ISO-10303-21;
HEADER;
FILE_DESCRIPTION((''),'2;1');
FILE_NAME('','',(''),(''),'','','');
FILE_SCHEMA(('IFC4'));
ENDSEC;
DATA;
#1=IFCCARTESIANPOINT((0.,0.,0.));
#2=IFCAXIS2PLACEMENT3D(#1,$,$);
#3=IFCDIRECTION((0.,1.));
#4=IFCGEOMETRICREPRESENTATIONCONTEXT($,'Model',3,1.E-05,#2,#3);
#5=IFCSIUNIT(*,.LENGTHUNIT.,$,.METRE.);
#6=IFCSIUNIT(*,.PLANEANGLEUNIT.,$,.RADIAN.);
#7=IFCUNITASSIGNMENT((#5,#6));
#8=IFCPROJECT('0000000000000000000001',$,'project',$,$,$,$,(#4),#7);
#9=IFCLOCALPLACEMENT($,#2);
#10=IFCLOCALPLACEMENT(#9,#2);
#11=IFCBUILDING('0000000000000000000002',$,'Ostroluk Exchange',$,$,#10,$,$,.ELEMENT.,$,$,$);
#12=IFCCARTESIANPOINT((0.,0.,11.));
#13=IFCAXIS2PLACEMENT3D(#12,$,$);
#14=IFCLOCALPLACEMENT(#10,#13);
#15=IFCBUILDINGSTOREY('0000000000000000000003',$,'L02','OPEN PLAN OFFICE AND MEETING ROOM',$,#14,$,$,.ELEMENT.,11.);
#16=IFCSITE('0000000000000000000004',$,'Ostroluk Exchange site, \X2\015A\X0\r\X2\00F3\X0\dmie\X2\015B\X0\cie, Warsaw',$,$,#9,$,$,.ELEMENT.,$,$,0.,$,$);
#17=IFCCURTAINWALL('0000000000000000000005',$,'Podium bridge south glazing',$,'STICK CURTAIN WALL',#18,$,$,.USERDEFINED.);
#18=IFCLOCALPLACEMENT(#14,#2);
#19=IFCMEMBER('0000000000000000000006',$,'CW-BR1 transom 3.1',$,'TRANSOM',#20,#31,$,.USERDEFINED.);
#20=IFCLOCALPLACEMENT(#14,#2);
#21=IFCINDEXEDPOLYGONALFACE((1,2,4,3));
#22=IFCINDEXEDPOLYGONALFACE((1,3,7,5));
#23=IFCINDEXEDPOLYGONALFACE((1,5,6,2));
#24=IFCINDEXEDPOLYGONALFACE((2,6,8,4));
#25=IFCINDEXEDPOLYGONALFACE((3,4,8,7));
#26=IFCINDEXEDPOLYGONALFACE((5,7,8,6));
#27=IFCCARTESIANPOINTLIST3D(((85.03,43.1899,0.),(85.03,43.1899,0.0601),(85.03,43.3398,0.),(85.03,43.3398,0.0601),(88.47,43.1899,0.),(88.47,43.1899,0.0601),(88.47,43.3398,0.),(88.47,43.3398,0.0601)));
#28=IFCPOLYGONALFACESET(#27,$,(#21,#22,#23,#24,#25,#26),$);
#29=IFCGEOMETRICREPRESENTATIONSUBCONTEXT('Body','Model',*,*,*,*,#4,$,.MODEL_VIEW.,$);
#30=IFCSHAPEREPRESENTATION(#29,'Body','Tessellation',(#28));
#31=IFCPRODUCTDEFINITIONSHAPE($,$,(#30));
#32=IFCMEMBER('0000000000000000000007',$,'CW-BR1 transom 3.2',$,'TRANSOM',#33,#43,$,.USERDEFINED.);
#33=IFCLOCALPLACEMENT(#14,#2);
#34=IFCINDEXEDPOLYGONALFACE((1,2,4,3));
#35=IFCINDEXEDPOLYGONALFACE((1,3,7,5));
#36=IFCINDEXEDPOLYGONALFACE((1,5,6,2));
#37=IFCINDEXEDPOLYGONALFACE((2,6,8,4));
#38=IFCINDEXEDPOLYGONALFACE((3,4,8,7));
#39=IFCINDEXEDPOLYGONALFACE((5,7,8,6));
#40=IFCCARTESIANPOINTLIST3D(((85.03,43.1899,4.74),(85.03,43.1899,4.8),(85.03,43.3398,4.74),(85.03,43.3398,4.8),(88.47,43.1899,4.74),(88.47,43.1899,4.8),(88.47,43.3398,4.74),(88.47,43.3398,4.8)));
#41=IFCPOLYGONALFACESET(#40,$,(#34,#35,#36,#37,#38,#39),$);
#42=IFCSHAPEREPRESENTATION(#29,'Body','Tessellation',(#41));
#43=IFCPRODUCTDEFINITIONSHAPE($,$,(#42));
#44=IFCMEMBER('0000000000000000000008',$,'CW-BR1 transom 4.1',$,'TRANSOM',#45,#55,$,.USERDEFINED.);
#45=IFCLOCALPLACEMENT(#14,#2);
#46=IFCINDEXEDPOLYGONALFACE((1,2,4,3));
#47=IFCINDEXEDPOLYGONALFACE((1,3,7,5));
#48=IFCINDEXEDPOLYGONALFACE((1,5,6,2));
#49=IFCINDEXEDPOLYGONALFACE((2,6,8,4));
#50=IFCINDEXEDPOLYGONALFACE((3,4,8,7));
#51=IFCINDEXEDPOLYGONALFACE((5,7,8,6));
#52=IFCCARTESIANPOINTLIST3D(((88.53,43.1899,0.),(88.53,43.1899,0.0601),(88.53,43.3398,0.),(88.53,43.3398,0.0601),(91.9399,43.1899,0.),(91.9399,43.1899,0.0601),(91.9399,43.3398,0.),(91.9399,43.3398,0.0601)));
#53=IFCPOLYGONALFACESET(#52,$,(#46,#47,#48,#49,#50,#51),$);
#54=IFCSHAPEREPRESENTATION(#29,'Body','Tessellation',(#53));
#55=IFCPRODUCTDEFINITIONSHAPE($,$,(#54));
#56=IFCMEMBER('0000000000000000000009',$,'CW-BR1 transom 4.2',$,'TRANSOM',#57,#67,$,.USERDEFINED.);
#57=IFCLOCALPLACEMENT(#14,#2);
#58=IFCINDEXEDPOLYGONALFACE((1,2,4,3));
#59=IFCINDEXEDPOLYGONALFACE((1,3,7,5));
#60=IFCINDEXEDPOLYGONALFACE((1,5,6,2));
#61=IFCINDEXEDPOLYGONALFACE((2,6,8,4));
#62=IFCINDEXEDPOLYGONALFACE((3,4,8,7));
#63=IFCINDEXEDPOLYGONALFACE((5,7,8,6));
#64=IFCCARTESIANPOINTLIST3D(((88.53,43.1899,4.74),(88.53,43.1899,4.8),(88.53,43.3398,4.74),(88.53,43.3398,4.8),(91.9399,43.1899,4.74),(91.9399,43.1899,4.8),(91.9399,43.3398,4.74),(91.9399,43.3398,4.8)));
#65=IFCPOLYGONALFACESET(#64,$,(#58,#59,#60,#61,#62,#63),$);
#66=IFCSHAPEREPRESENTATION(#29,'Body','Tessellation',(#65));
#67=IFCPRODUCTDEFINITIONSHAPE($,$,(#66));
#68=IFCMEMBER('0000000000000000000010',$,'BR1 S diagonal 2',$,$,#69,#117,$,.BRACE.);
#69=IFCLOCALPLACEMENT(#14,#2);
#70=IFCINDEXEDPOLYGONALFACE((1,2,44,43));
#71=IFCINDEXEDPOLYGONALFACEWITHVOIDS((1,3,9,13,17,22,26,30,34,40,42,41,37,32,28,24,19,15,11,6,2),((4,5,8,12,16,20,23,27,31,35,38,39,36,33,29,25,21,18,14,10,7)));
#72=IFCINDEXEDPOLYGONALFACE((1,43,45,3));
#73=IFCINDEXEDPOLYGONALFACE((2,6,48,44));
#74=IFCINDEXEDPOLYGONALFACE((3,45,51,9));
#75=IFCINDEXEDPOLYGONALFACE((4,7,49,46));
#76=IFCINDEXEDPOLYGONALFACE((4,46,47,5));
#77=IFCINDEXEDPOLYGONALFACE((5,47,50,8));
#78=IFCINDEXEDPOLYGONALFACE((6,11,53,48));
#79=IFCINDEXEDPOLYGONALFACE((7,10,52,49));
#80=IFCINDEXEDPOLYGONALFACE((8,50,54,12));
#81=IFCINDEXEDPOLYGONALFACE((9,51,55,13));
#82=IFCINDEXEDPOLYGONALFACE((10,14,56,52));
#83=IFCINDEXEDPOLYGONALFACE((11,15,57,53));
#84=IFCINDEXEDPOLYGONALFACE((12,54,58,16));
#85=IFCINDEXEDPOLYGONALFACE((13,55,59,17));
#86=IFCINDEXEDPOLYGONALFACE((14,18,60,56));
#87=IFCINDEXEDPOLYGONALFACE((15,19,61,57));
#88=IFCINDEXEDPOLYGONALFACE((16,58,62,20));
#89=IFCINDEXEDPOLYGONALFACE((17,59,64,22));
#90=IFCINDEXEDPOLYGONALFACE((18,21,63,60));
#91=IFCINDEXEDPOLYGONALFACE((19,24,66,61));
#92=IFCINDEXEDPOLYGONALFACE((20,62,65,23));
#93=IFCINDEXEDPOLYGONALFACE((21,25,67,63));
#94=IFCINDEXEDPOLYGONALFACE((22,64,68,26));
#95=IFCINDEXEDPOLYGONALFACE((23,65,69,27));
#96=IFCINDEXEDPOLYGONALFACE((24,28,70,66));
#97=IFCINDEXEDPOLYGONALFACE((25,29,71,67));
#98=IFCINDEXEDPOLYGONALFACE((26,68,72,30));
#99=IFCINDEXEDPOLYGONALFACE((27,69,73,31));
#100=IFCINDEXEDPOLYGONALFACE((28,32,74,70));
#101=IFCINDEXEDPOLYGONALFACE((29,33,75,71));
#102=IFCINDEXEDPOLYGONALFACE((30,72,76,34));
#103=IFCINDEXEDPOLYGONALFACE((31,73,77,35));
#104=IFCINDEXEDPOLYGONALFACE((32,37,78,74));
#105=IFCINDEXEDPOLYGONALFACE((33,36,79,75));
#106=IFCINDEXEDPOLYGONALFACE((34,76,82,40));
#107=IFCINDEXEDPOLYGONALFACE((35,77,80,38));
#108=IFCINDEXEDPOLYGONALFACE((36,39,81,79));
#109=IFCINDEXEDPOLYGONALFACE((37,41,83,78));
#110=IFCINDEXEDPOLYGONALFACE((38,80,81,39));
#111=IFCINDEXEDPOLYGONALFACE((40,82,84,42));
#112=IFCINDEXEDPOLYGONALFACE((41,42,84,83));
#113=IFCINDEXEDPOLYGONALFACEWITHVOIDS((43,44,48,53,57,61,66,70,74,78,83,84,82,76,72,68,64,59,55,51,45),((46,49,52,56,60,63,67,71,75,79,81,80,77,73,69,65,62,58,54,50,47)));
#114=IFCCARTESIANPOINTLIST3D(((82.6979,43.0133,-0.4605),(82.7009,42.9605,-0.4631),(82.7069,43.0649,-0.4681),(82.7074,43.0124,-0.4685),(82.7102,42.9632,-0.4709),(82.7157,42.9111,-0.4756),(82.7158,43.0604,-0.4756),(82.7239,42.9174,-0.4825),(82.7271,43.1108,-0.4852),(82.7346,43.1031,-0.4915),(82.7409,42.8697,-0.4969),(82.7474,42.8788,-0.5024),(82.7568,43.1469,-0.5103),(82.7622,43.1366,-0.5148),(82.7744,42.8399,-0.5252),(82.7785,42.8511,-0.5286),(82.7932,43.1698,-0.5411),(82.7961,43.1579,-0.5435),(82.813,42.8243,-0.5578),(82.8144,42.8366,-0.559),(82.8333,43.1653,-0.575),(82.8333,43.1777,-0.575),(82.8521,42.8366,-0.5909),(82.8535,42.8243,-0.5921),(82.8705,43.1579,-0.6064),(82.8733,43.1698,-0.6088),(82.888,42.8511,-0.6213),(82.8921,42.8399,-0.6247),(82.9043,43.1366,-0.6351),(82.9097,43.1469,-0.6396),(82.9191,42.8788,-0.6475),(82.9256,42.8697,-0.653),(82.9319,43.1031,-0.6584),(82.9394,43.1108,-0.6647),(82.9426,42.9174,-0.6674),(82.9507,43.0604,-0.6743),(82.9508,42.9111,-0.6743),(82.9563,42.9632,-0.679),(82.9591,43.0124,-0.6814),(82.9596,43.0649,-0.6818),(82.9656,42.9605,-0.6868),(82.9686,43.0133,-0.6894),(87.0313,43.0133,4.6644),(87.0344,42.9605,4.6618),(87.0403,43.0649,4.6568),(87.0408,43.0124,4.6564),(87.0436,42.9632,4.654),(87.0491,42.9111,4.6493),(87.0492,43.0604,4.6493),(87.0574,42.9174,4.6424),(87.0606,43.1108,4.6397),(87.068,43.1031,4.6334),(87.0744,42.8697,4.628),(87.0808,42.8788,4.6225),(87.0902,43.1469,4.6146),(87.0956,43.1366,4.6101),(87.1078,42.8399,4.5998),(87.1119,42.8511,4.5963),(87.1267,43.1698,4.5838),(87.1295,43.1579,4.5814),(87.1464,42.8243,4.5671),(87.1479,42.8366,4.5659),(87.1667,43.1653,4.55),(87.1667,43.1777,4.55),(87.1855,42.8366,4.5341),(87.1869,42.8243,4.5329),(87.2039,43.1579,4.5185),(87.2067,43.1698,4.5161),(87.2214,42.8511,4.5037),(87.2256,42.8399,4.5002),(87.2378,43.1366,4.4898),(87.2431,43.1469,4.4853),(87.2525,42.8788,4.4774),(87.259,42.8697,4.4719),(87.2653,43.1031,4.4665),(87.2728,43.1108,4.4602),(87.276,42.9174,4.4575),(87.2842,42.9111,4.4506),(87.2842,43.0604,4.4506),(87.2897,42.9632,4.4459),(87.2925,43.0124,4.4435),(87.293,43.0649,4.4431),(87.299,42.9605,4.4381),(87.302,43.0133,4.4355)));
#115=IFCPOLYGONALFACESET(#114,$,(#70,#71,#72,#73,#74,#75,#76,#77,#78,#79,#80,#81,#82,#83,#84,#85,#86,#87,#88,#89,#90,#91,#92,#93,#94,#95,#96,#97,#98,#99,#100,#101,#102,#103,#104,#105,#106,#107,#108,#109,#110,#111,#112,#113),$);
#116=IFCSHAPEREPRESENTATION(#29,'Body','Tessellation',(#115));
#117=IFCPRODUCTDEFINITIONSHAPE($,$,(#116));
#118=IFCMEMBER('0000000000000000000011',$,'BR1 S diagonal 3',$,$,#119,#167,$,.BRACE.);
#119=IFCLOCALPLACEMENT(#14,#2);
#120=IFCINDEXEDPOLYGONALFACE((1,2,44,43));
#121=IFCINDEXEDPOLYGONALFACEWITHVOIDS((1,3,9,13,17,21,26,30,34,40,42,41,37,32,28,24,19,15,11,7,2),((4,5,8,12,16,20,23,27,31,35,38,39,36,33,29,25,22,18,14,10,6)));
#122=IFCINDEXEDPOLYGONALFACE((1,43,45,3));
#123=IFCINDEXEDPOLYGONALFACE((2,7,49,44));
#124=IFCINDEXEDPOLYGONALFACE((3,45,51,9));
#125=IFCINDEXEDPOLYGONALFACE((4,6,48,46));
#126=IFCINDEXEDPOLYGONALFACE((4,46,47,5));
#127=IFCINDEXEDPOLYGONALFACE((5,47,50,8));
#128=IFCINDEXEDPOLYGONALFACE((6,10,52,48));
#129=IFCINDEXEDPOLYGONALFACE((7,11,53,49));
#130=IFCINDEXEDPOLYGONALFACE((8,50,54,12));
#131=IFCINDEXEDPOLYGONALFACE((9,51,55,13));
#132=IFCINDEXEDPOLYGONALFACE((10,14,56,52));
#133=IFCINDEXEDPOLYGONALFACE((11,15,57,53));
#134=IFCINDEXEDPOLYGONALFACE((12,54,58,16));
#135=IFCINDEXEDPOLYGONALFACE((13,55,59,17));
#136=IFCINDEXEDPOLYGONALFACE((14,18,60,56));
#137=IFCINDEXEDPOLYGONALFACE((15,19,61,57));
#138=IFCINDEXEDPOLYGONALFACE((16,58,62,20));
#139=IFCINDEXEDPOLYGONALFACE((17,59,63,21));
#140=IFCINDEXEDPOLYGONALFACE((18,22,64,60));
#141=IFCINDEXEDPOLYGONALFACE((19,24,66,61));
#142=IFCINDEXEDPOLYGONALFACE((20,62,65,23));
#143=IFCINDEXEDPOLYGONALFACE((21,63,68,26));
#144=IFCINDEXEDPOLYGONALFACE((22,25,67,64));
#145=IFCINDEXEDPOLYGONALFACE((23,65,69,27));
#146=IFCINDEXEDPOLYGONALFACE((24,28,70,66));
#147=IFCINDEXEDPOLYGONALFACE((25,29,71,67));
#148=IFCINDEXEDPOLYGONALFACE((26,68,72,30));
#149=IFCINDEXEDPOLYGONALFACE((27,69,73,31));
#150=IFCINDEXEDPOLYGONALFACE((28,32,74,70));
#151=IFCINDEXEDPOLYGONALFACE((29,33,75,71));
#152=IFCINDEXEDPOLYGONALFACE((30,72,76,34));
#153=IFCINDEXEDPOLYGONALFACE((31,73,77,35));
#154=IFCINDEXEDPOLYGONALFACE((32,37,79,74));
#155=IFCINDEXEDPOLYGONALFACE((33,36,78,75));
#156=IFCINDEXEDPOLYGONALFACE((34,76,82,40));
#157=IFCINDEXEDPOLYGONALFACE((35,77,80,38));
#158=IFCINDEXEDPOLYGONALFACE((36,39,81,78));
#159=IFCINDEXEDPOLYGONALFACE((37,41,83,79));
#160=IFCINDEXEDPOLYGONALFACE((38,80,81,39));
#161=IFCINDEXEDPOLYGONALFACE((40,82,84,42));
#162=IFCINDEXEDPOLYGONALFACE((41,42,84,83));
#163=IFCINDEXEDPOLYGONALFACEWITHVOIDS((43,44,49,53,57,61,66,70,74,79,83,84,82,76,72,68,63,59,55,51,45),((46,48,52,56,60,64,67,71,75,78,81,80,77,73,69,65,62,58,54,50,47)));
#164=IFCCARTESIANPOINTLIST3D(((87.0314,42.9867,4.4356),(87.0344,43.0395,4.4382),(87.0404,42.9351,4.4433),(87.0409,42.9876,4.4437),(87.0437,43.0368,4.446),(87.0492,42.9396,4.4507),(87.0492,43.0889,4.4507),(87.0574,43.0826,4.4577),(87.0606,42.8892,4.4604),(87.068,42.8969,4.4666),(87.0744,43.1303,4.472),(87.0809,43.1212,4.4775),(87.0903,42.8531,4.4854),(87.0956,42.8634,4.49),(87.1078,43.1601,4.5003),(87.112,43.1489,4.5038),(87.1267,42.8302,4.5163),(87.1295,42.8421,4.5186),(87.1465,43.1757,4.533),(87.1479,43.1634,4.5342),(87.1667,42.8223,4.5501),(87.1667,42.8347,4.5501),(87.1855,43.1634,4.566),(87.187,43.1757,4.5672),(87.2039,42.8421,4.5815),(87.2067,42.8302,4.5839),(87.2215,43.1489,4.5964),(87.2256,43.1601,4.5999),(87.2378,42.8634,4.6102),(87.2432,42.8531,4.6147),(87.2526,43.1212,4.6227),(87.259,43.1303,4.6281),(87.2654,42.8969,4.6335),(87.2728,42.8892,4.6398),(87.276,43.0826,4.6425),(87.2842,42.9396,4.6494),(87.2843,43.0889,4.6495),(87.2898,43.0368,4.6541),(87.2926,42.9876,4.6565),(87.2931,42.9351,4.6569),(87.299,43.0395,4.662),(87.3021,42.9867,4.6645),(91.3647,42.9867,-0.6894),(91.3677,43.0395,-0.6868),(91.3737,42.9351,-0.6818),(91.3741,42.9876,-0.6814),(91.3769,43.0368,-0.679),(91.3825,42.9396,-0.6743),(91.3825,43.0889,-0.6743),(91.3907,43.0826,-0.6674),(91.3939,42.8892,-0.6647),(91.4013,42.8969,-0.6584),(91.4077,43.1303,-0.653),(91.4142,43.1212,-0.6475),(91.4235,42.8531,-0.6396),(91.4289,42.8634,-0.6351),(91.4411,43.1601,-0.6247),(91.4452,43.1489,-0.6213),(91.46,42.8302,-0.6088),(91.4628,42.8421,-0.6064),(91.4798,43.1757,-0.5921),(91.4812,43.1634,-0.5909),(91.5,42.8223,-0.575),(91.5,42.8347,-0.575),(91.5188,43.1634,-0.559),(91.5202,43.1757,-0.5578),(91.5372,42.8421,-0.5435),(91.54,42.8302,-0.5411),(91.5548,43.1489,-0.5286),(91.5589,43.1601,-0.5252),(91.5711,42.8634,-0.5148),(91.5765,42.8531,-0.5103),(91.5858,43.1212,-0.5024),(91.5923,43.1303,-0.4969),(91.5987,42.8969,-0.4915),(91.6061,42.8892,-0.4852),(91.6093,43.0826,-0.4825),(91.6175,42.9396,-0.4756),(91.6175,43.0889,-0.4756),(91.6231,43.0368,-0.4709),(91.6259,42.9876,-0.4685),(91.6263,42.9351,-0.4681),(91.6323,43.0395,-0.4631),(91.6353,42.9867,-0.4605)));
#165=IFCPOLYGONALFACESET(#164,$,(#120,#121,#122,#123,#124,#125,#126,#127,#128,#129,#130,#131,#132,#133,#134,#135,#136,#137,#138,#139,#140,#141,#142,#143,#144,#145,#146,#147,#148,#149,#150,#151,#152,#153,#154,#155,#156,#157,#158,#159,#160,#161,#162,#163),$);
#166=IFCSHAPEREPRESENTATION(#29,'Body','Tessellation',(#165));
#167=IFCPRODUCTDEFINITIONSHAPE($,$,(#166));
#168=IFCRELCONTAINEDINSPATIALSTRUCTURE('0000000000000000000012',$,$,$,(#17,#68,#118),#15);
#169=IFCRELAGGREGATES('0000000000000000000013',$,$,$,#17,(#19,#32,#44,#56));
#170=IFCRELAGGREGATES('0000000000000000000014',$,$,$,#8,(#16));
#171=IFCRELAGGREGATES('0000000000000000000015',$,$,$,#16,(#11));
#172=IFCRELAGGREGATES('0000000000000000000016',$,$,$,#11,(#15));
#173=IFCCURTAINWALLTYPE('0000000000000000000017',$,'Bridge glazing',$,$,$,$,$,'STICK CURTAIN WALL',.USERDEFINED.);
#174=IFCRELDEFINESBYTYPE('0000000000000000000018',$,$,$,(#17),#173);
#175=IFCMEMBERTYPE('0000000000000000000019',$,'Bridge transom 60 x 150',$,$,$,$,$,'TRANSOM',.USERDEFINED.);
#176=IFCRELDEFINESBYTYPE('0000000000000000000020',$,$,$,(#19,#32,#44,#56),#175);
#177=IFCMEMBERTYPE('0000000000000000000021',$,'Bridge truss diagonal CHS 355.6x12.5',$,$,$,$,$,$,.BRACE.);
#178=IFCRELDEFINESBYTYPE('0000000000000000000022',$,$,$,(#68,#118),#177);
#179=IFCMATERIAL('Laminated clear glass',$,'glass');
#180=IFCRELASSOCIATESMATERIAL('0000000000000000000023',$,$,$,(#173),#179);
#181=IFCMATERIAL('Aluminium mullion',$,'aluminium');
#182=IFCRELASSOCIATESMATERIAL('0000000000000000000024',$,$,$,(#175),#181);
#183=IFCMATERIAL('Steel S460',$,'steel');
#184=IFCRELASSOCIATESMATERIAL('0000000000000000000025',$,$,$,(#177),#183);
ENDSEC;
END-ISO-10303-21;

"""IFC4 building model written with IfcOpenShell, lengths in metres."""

from ifc_helpers import new_model, si_unit, direction, frame, origin, origin_2d, place, context, subcontext, project, spatial, rectangle, hollow_circle, extrude, material, material_profile, profile_set, type_object, element, aggregate, save


model = new_model("IFC4")

# Units and contexts
model_context = context("Model", 3, precision=1e-05, world=origin(), true_north=direction((0.0, 1.0)))
body_context = subcontext(model_context, "Body", "Model", "MODEL_VIEW")
ifc_project = project(units=[si_unit("LENGTHUNIT", "METRE"), si_unit("PLANEANGLEUNIT", "RADIAN")], contexts=[model_context])

# Site, building, storey
site_placement = place(None, origin())
site = spatial("IfcSite", under=ifc_project, at=site_placement, Name="Ostroluk Exchange site, Śródmieście, Warsaw", CompositionType="ELEMENT", RefElevation=0.0)
building_placement = place(site_placement, origin())
building = spatial("IfcBuilding", under=site, at=building_placement, Name="Ostroluk Exchange", CompositionType="ELEMENT")
storey_placement = place(building_placement, frame((0.0, 0.0, 11.0)))
storey = spatial("IfcBuildingStorey", under=building, at=storey_placement, Name="L02", Description="OPEN PLAN OFFICE AND MEETING ROOM", CompositionType="ELEMENT", Elevation=11.0)

# Curtain wall
ifc_material_1 = material(Name="Laminated clear glass", Category="glass")
curtain_wall_type = type_object("IfcCurtainWallType", Name="Bridge glazing", ElementType="STICK CURTAIN WALL", PredefinedType="USERDEFINED", material=ifc_material_1)
curtain_wall_placement = place(storey_placement, origin())
curtain_wall = element("IfcCurtainWall", 1, at=curtain_wall_placement, inside=storey, type_object=curtain_wall_type, Name="Podium bridge south glazing", ObjectType="STICK CURTAIN WALL", PredefinedType="USERDEFINED")

# Members
ifc_material_2 = material(Name="Aluminium mullion", Category="aluminium")
ifc_material_profile_1 = material_profile(ifc_material_2, rectangle(XDim=0.1499, YDim=0.0601, at=origin_2d()), Name="Bridge transom 60 x 150")
ifc_profile_set_1 = profile_set([ifc_material_profile_1], Name="Aluminium mullion")
member_type_1 = type_object("IfcMemberType", Name="Bridge transom 60 x 150", ElementType="TRANSOM", PredefinedType="USERDEFINED", material=ifc_profile_set_1)
member_1_placement = place(storey_placement, frame((85.03, 43.2649, 0.03), z_axis=(1.0, 0.0, 0.0), x_axis=(0.0, 1.0, 0.0)))
member_1 = element("IfcMember", 2, at=member_1_placement, type_object=member_type_1, Name="CW-BR1 transom 3.1", ObjectType="TRANSOM", PredefinedType="USERDEFINED", context=body_context, shape_type="SweptSolid", body=[
    extrude(rectangle(XDim=0.1499, YDim=0.0601, at=origin_2d()), origin(), (0.0, 0.0, 1.0), 3.4399),
])
member_2_placement = place(storey_placement, frame((85.03, 43.2649, 4.77), z_axis=(1.0, 0.0, 0.0), x_axis=(0.0, 1.0, 0.0)))
member_2 = element("IfcMember", 3, at=member_2_placement, type_object=member_type_1, Name="CW-BR1 transom 3.2", ObjectType="TRANSOM", PredefinedType="USERDEFINED", context=body_context, shape_type="SweptSolid", body=[
    extrude(rectangle(XDim=0.1499, YDim=0.0601, at=origin_2d()), origin(), (0.0, 0.0, 1.0), 3.4399),
])
member_3_placement = place(storey_placement, frame((88.53, 43.2649, 0.03), z_axis=(1.0, 0.0, 0.0), x_axis=(0.0, 1.0, 0.0)))
member_3 = element("IfcMember", 4, at=member_3_placement, type_object=member_type_1, Name="CW-BR1 transom 4.1", ObjectType="TRANSOM", PredefinedType="USERDEFINED", context=body_context, shape_type="SweptSolid", body=[
    extrude(rectangle(XDim=0.1499, YDim=0.0601, at=origin_2d()), origin(), (0.0, 0.0, 1.0), 3.4099),
])
member_4_placement = place(storey_placement, frame((88.53, 43.2649, 4.77), z_axis=(1.0, 0.0, 0.0), x_axis=(0.0, 1.0, 0.0)))
member_4 = element("IfcMember", 5, at=member_4_placement, type_object=member_type_1, Name="CW-BR1 transom 4.2", ObjectType="TRANSOM", PredefinedType="USERDEFINED", context=body_context, shape_type="SweptSolid", body=[
    extrude(rectangle(XDim=0.1499, YDim=0.0601, at=origin_2d()), origin(), (0.0, 0.0, 1.0), 3.4099),
])

# Members
ifc_material_3 = material(Name="Steel S460", Category="steel")
ifc_material_profile_2 = material_profile(ifc_material_3, hollow_circle(Radius=0.1777, WallThickness=0.0125, at=origin_2d()), Name="CHS 355.6x12.5")
ifc_profile_set_2 = profile_set([ifc_material_profile_2], Name="Steel S460")
member_type_2 = type_object("IfcMemberType", Name="Bridge truss diagonal CHS 355.6x12.5", PredefinedType="BRACE", material=ifc_profile_set_2)
for number, where, z_axis, x_axis, name in (
    (6, (82.8333, 43.0, -0.575), (0.645678, 0.0, 0.76361), (0.0, 1.0, 0.0), "BR1 S diagonal 2"),
    (7, (91.5, 43.0, -0.575), (-0.645657, 0.0, 0.763628), (0.0, -1.0, 0.0), "BR1 S diagonal 3"),
):
    element("IfcMember", number, at=place(storey_placement, frame(where, z_axis=z_axis, x_axis=x_axis)), inside=storey, type_object=member_type_2, Name=name, PredefinedType="BRACE", context=body_context, shape_type="SweptSolid", body=[
        extrude(hollow_circle(Radius=0.1777, WallThickness=0.0125, at=origin_2d()), origin(), (0.0, 0.0, 1.0), 6.7114),
    ])

aggregate(curtain_wall, [member_1, member_2, member_3, member_4])

save(model, "model.ifc")
